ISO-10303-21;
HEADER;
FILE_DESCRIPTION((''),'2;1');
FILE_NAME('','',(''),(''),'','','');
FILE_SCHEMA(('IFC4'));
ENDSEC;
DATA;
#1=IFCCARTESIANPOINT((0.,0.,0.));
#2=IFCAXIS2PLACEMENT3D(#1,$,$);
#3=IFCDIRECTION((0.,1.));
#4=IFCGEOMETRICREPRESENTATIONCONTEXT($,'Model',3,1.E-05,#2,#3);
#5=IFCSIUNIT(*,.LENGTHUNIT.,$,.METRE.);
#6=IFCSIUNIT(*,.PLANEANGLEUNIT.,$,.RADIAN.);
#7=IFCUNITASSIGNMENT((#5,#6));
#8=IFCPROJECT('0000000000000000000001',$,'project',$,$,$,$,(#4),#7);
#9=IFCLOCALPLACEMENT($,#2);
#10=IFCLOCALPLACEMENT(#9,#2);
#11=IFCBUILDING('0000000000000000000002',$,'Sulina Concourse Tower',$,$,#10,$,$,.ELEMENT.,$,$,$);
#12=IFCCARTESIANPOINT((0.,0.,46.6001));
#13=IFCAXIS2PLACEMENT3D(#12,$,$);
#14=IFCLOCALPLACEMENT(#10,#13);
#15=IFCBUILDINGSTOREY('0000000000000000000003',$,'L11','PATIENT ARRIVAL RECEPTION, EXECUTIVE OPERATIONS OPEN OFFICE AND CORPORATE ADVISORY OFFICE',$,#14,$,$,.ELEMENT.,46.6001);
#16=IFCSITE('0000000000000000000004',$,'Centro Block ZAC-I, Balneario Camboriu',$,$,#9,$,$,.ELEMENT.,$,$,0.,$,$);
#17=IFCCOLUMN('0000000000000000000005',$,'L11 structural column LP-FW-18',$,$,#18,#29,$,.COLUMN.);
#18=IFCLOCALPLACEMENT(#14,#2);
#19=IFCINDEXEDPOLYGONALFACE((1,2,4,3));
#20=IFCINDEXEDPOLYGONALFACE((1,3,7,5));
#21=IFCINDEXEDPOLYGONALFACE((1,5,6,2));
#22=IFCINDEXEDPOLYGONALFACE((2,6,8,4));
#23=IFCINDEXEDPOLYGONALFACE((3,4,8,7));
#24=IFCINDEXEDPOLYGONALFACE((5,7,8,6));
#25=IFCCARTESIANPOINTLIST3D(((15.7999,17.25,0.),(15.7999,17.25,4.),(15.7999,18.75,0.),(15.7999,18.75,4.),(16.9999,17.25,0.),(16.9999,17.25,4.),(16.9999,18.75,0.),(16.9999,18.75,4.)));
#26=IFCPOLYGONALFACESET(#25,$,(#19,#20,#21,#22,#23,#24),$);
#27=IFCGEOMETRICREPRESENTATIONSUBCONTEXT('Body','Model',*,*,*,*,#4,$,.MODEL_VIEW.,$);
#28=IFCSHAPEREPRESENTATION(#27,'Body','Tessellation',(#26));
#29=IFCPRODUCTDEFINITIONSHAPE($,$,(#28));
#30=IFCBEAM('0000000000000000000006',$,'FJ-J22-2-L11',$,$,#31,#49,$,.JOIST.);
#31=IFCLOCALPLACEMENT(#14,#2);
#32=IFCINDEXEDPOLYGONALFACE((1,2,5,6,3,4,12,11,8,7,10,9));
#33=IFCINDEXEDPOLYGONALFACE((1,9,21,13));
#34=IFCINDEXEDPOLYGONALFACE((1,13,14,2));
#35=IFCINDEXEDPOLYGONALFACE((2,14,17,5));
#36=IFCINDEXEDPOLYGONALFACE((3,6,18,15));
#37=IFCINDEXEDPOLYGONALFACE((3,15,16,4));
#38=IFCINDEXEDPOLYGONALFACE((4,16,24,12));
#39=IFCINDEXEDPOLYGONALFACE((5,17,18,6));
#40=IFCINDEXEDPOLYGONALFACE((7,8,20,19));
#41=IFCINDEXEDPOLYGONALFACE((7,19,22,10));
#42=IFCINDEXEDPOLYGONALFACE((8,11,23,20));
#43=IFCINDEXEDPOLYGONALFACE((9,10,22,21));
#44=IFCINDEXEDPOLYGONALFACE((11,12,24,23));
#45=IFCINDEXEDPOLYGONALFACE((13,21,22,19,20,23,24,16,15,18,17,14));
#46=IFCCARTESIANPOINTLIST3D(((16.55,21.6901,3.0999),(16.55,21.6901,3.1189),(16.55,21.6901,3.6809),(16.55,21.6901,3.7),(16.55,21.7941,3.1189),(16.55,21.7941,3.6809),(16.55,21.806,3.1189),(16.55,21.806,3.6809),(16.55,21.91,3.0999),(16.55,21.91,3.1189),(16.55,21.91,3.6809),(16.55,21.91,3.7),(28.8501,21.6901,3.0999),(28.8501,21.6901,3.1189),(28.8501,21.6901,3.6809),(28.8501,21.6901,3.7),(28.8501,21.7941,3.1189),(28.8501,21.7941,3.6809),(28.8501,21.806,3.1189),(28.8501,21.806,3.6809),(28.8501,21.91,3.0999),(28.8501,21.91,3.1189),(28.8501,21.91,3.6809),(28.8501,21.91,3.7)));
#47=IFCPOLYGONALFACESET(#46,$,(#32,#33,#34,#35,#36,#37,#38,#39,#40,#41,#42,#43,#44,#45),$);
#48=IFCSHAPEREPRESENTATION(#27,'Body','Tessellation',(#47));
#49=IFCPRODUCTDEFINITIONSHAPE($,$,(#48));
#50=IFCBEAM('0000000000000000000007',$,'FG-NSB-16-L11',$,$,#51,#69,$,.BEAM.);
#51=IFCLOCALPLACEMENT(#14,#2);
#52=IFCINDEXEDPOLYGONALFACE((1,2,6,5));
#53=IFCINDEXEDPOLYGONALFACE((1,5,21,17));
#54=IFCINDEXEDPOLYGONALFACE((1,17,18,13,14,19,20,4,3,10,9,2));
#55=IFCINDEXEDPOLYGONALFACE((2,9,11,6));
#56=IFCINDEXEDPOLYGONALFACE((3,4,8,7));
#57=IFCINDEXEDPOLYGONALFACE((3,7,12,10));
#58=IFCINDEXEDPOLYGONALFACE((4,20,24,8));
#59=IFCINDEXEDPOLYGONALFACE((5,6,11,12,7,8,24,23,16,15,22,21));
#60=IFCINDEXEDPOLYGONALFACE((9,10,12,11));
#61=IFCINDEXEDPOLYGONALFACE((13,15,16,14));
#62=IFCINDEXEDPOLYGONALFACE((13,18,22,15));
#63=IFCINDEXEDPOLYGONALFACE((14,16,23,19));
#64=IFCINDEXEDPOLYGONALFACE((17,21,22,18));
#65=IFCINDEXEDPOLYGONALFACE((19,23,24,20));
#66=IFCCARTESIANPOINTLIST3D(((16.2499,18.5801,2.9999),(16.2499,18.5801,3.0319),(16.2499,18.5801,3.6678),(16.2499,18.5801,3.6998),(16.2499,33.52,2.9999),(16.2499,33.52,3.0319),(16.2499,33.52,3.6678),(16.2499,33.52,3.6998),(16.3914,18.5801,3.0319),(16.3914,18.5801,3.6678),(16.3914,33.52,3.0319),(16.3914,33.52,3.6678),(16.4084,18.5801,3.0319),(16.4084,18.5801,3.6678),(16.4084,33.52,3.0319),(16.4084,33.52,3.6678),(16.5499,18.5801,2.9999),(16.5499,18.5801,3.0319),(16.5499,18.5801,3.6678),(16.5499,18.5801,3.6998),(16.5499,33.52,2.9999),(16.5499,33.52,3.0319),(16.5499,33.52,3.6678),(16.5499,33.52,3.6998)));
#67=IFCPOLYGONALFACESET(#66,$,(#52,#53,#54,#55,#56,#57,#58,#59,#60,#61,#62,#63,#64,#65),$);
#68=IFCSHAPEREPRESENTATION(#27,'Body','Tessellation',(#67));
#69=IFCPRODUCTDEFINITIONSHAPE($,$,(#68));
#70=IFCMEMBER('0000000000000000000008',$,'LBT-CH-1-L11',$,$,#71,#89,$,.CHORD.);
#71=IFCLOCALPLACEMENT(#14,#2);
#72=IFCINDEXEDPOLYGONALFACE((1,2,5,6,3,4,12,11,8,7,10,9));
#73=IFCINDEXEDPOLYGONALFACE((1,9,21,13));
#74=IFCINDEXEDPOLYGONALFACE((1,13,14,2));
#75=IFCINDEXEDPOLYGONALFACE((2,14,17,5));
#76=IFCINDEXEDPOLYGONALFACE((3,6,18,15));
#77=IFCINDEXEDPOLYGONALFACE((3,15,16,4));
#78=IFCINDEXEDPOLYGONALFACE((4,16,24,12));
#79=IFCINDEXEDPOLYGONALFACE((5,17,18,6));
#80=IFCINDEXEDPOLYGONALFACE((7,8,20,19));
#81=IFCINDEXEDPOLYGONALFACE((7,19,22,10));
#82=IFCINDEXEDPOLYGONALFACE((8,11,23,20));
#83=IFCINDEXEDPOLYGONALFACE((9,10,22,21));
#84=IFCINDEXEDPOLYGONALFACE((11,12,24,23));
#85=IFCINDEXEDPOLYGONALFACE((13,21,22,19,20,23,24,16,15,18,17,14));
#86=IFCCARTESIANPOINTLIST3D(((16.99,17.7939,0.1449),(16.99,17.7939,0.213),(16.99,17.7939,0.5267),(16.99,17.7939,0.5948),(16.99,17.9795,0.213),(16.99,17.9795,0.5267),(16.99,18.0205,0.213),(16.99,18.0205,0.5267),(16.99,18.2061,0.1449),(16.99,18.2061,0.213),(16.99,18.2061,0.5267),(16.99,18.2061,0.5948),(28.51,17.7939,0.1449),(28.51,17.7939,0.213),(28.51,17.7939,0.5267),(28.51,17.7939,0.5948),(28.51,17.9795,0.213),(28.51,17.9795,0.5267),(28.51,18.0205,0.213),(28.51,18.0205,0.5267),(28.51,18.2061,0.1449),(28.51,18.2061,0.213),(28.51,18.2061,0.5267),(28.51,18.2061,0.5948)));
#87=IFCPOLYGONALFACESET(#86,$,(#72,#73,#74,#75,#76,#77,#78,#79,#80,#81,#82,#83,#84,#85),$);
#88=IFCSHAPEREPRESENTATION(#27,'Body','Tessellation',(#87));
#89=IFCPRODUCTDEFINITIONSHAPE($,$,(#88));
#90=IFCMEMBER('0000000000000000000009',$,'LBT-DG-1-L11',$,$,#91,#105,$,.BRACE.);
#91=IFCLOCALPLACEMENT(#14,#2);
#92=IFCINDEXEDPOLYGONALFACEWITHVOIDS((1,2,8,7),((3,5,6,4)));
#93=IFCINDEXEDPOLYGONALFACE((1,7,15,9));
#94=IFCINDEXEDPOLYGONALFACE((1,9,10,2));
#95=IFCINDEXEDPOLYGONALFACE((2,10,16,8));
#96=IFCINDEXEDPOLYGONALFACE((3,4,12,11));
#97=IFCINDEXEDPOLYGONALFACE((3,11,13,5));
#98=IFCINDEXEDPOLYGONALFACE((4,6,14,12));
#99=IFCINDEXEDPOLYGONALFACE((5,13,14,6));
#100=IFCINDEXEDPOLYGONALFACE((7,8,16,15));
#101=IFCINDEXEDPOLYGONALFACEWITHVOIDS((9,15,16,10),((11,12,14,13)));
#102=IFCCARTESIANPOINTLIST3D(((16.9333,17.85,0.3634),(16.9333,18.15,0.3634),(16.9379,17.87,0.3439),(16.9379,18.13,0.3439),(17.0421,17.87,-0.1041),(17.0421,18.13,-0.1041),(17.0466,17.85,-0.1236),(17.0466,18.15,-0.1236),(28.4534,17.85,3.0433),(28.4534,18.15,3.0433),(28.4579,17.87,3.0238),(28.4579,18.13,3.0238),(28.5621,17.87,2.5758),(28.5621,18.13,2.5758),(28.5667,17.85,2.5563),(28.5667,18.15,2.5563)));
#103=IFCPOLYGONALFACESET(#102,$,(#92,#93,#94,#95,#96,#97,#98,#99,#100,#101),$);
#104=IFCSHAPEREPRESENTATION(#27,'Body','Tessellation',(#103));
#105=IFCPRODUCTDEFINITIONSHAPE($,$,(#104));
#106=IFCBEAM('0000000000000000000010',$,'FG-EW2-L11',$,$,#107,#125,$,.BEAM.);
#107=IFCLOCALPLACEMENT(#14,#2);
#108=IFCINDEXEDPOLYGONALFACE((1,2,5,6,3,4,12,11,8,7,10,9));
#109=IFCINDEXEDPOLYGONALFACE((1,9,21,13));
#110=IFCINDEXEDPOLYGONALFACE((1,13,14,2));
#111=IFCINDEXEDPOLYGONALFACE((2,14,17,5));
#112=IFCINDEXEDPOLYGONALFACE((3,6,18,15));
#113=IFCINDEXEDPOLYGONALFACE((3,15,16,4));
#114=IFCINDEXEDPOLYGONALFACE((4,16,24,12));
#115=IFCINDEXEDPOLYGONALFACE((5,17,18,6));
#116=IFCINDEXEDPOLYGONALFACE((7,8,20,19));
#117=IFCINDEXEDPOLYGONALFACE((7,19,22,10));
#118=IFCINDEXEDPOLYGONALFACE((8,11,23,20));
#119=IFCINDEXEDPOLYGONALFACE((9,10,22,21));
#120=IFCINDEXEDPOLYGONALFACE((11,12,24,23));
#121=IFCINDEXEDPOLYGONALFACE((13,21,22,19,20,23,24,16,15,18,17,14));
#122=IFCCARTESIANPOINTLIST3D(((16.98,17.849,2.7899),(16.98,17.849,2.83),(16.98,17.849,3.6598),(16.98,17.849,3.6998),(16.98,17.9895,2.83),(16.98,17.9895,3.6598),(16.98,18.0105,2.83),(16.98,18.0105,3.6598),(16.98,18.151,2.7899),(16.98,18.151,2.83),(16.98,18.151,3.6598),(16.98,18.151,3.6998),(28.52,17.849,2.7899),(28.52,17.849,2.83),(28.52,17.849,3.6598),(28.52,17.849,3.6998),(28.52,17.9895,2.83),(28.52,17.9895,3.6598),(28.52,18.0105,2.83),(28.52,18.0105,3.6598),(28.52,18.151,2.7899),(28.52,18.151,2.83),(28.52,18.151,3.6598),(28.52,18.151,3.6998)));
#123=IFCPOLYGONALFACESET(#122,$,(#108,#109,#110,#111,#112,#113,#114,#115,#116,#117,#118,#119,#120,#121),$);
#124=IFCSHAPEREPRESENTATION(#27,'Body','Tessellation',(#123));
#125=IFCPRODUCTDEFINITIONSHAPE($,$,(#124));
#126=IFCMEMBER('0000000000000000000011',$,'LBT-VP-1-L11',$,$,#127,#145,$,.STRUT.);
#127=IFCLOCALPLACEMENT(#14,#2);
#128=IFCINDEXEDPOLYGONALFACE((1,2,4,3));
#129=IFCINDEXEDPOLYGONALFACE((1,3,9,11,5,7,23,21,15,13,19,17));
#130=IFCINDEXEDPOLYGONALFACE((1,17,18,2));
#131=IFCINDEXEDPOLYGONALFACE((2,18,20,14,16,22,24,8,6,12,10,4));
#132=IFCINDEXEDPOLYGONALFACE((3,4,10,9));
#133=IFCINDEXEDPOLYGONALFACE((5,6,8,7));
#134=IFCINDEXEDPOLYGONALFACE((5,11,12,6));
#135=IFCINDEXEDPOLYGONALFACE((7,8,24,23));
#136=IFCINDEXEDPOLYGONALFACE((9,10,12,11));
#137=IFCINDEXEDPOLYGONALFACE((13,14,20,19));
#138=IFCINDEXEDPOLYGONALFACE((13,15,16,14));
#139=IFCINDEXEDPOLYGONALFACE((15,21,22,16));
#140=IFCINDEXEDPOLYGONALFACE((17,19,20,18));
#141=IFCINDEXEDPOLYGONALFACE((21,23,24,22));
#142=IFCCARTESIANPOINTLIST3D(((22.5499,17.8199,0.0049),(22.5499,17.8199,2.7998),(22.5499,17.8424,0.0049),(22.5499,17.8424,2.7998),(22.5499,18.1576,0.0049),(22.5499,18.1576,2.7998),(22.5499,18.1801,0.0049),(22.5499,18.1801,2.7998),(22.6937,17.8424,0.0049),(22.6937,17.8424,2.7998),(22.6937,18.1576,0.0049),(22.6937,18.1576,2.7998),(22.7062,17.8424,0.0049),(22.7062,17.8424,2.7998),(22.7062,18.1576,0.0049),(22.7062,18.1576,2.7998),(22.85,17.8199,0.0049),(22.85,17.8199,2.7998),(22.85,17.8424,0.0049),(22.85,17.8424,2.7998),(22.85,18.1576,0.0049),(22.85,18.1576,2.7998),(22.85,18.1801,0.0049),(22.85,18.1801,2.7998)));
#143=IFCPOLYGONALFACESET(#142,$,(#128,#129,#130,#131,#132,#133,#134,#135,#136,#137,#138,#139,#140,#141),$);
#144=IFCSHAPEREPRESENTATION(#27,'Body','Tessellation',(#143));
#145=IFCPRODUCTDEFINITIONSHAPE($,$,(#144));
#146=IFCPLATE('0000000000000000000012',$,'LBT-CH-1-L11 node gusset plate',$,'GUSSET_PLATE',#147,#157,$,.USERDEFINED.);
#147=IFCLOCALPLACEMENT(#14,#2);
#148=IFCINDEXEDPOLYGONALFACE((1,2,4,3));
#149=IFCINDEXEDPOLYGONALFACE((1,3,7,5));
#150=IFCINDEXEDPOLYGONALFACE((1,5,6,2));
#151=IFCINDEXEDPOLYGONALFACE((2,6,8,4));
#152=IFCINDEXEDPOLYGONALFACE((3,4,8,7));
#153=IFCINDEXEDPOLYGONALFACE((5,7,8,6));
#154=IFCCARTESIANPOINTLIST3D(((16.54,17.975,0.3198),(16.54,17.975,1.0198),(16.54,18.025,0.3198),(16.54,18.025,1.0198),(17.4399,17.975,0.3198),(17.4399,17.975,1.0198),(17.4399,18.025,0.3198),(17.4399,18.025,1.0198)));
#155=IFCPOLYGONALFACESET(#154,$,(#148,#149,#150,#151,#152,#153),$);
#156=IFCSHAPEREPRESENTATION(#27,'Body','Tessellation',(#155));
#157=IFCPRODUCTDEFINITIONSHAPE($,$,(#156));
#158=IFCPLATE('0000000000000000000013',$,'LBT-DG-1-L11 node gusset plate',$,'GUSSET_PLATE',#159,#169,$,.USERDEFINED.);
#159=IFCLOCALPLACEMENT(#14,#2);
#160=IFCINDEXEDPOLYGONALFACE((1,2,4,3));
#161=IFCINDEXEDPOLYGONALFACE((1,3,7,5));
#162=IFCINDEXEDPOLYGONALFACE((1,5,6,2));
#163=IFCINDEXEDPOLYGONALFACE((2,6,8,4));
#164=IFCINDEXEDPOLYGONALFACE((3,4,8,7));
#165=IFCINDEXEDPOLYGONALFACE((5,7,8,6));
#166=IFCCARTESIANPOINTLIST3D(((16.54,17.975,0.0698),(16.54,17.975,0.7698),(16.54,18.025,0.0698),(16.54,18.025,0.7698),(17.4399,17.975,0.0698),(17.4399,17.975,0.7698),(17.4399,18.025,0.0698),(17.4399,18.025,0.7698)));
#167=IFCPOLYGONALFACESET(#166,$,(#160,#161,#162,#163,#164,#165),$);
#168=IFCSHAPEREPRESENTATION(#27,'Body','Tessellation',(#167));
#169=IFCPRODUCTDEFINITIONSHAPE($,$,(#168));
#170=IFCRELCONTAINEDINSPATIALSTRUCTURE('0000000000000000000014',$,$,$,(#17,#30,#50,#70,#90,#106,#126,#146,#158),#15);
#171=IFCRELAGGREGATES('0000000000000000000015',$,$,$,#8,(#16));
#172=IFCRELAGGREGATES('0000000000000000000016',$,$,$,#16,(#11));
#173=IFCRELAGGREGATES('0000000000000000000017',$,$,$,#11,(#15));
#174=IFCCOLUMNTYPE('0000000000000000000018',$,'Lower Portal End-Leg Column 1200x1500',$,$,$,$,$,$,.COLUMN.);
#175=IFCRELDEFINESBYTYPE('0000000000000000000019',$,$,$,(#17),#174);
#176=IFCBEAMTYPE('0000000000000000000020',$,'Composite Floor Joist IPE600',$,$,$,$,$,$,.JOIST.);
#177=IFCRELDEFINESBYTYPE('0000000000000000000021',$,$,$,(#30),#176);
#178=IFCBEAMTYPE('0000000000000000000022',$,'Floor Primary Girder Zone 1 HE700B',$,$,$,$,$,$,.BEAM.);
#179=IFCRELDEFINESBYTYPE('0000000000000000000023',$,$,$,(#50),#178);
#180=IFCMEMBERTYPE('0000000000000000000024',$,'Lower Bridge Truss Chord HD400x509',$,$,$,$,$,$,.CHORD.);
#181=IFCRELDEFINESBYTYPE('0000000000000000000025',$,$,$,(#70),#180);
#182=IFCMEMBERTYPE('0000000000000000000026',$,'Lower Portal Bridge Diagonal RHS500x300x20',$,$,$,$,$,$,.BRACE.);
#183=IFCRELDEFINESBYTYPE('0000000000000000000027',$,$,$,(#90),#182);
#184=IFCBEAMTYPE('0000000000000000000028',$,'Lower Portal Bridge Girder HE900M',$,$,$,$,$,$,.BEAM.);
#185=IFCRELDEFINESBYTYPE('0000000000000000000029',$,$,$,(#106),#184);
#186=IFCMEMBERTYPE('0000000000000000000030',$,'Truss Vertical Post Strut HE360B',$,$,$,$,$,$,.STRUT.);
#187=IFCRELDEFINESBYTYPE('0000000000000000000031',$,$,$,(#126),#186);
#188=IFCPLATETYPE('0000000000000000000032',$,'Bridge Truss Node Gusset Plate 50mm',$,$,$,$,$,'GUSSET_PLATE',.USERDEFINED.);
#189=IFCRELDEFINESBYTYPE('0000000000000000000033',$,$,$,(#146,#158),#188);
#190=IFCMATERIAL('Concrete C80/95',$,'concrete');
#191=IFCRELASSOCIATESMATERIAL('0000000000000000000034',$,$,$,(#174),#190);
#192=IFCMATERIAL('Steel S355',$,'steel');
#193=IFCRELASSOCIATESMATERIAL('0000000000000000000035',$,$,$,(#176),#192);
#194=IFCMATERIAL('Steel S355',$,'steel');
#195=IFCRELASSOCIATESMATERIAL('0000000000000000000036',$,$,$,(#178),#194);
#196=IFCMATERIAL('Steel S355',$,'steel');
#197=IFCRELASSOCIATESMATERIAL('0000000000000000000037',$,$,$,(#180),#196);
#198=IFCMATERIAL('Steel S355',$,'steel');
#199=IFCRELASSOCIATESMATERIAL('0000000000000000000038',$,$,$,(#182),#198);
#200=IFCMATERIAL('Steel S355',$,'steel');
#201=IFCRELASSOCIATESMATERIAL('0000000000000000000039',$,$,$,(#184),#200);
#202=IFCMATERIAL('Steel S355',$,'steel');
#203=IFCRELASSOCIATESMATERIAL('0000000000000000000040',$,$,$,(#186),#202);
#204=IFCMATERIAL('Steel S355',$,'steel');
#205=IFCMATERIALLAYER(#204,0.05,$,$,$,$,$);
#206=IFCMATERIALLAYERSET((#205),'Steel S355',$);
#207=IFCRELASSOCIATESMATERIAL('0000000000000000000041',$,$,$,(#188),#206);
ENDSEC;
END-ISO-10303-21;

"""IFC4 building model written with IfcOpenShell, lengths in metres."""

from ifc_helpers import new_model, si_unit, direction, frame, origin, origin_2d, place, context, subcontext, project, spatial, rectangle, hollow_rectangle, i_section, extrude, material, layer, layer_set, material_profile, profile_set, type_object, element, save


model = new_model("IFC4")

# Units and contexts
model_context = context("Model", 3, precision=1e-05, world=origin(), true_north=direction((0.0, 1.0)))
body_context = subcontext(model_context, "Body", "Model", "MODEL_VIEW")
ifc_project = project(units=[si_unit("LENGTHUNIT", "METRE"), si_unit("PLANEANGLEUNIT", "RADIAN")], contexts=[model_context])

# Site, building, storey
site_placement = place(None, origin())
site = spatial("IfcSite", under=ifc_project, at=site_placement, Name="Centro Block ZAC-I, Balneario Camboriu", CompositionType="ELEMENT", RefElevation=0.0)
building_placement = place(site_placement, origin())
building = spatial("IfcBuilding", under=site, at=building_placement, Name="Sulina Concourse Tower", CompositionType="ELEMENT")
storey_placement = place(building_placement, frame((0.0, 0.0, 46.6001)))
storey = spatial("IfcBuildingStorey", under=building, at=storey_placement, Name="L11", Description="PATIENT ARRIVAL RECEPTION, EXECUTIVE OPERATIONS OPEN OFFICE AND CORPORATE ADVISORY OFFICE", CompositionType="ELEMENT", Elevation=46.6001)

# Column
ifc_material_1 = material(Name="Concrete C80/95", Category="concrete")
ifc_material_profile_1 = material_profile(ifc_material_1, rectangle(XDim=1.2, YDim=1.5, at=origin_2d()), Name="RC 1200x1500")
ifc_profile_set_1 = profile_set([ifc_material_profile_1], Name="Concrete C80/95")
column_type = type_object("IfcColumnType", Name="Lower Portal End-Leg Column 1200x1500", PredefinedType="COLUMN", material=ifc_profile_set_1)
column_placement = place(storey_placement, frame((16.3999, 18.0, 0.0), z_axis=(0.0, 0.0, 1.0), x_axis=(1.0, 0.0, 0.0)))
element("IfcColumn", 1, at=column_placement, inside=storey, type_object=column_type, Name="L11 structural column LP-FW-18", PredefinedType="COLUMN", context=body_context, shape_type="SweptSolid", body=[
    extrude(rectangle(XDim=1.2, YDim=1.5, at=origin_2d()), origin(), (0.0, 0.0, 1.0), 4.0),
])

# Beams
ifc_material_2 = material(Name="Steel S355", Category="steel")
ifc_material_profile_2 = material_profile(ifc_material_2, i_section(OverallWidth=0.22, OverallDepth=0.6001, WebThickness=0.012, FlangeThickness=0.019, at=origin_2d()), Name="IPE 600")
ifc_profile_set_2 = profile_set([ifc_material_profile_2], Name="Steel S355")
beam_type_1 = type_object("IfcBeamType", Name="Composite Floor Joist IPE600", PredefinedType="JOIST", material=ifc_profile_set_2)
beam_1_placement = place(storey_placement, frame((16.55, 21.8, 3.3999), z_axis=(1.0, 0.0, 0.0), x_axis=(0.0, 1.0, 0.0)))
element("IfcBeam", 2, at=beam_1_placement, inside=storey, type_object=beam_type_1, Name="FJ-J22-2-L11", PredefinedType="JOIST", context=body_context, shape_type="SweptSolid", body=[
    extrude(i_section(OverallWidth=0.22, OverallDepth=0.6001, WebThickness=0.012, FlangeThickness=0.019, at=origin_2d()), origin(), (0.0, 0.0, 1.0), 12.3),
])
ifc_material_3 = material(Name="Steel S355", Category="steel")
ifc_material_profile_3 = material_profile(ifc_material_3, i_section(OverallWidth=0.3, OverallDepth=0.7, WebThickness=0.0171, FlangeThickness=0.032, at=origin_2d()), Name="HE 700 B")
ifc_profile_set_3 = profile_set([ifc_material_profile_3], Name="Steel S355")
beam_type_2 = type_object("IfcBeamType", Name="Floor Primary Girder Zone 1 HE700B", PredefinedType="BEAM", material=ifc_profile_set_3)
beam_2_placement = place(storey_placement, frame((16.3999, 18.5801, 3.3499), z_axis=(0.0, 1.0, 0.0), x_axis=(-1.0, 0.0, 0.0)))
element("IfcBeam", 3, at=beam_2_placement, inside=storey, type_object=beam_type_2, Name="FG-NSB-16-L11", PredefinedType="BEAM", context=body_context, shape_type="SweptSolid", body=[
    extrude(i_section(OverallWidth=0.3, OverallDepth=0.7, WebThickness=0.0171, FlangeThickness=0.032, at=origin_2d()), origin(), (0.0, 0.0, 1.0), 14.9399),
])

# Members
ifc_material_4 = material(Name="Steel S355", Category="steel")
ifc_material_profile_4 = material_profile(ifc_material_4, i_section(OverallWidth=0.4121, OverallDepth=0.45, WebThickness=0.041, FlangeThickness=0.0681, at=origin_2d()), Name="HD 400x509")
ifc_profile_set_4 = profile_set([ifc_material_profile_4], Name="Steel S355")
member_type_1 = type_object("IfcMemberType", Name="Lower Bridge Truss Chord HD400x509", PredefinedType="CHORD", material=ifc_profile_set_4)
member_1_placement = place(storey_placement, frame((16.99, 18.0, 0.3699), z_axis=(1.0, 0.0, 0.0), x_axis=(0.0, 1.0, 0.0)))
element("IfcMember", 4, at=member_1_placement, inside=storey, type_object=member_type_1, Name="LBT-CH-1-L11", PredefinedType="CHORD", context=body_context, shape_type="SweptSolid", body=[
    extrude(i_section(OverallWidth=0.4121, OverallDepth=0.45, WebThickness=0.041, FlangeThickness=0.0681, at=origin_2d()), origin(), (0.0, 0.0, 1.0), 11.52),
])
ifc_material_5 = material(Name="Steel S355", Category="steel")
ifc_material_profile_5 = material_profile(ifc_material_5, hollow_rectangle(XDim=0.3, YDim=0.5, WallThickness=0.02, at=origin_2d()), Name="RHS 500x300x20")
ifc_profile_set_5 = profile_set([ifc_material_profile_5], Name="Steel S355")
member_type_2 = type_object("IfcMemberType", Name="Lower Portal Bridge Diagonal RHS500x300x20", PredefinedType="BRACE", material=ifc_profile_set_5)
member_2_placement = place(storey_placement, frame((16.99, 18.0, 0.1199), z_axis=(0.973992, 0.0, 0.226582), x_axis=(0.0, 1.0, 0.0)))
element("IfcMember", 5, at=member_2_placement, inside=storey, type_object=member_type_2, Name="LBT-DG-1-L11", PredefinedType="BRACE", context=body_context, shape_type="SweptSolid", body=[
    extrude(hollow_rectangle(XDim=0.3, YDim=0.5, WallThickness=0.02, at=origin_2d()), origin(), (0.0, 0.0, 1.0), 11.8276),
])

# Beam
ifc_material_6 = material(Name="Steel S355", Category="steel")
ifc_material_profile_6 = material_profile(ifc_material_6, i_section(OverallWidth=0.302, OverallDepth=0.9099, WebThickness=0.021, FlangeThickness=0.04, at=origin_2d()), Name="HE 900 M")
ifc_profile_set_6 = profile_set([ifc_material_profile_6], Name="Steel S355")
beam_type_3 = type_object("IfcBeamType", Name="Lower Portal Bridge Girder HE900M", PredefinedType="BEAM", material=ifc_profile_set_6)
beam_3_placement = place(storey_placement, frame((16.98, 18.0, 3.2449), z_axis=(1.0, 0.0, 0.0), x_axis=(0.0, 1.0, 0.0)))
element("IfcBeam", 6, at=beam_3_placement, inside=storey, type_object=beam_type_3, Name="FG-EW2-L11", PredefinedType="BEAM", context=body_context, shape_type="SweptSolid", body=[
    extrude(i_section(OverallWidth=0.302, OverallDepth=0.9099, WebThickness=0.021, FlangeThickness=0.04, at=origin_2d()), origin(), (0.0, 0.0, 1.0), 11.54),
])

# Member
ifc_material_7 = material(Name="Steel S355", Category="steel")
ifc_material_profile_7 = material_profile(ifc_material_7, i_section(OverallWidth=0.3, OverallDepth=0.3601, WebThickness=0.0125, FlangeThickness=0.0225, at=origin_2d()), Name="HE 360 B")
ifc_profile_set_7 = profile_set([ifc_material_profile_7], Name="Steel S355")
member_type_3 = type_object("IfcMemberType", Name="Truss Vertical Post Strut HE360B", PredefinedType="STRUT", material=ifc_profile_set_7)
member_3_placement = place(storey_placement, frame((22.7, 18.0, 0.0049), z_axis=(0.0, 0.0, 1.0), x_axis=(1.0, 0.0, 0.0)))
element("IfcMember", 7, at=member_3_placement, inside=storey, type_object=member_type_3, Name="LBT-VP-1-L11", PredefinedType="STRUT", context=body_context, shape_type="SweptSolid", body=[
    extrude(i_section(OverallWidth=0.3, OverallDepth=0.3601, WebThickness=0.0125, FlangeThickness=0.0225, at=origin_2d()), origin(), (0.0, 0.0, 1.0), 2.7949),
])

# Plates
ifc_material_8 = material(Name="Steel S355", Category="steel")
ifc_layer_1 = layer(ifc_material_8, 0.05)
ifc_layer_set_1 = layer_set([ifc_layer_1], Name="Steel S355")
plate_type_1 = type_object("IfcPlateType", Name="Bridge Truss Node Gusset Plate 50mm", ElementType="GUSSET_PLATE", PredefinedType="USERDEFINED", material=ifc_layer_set_1)
for number, where, z_axis, x_axis, name in (
    (8, (16.99, 18.0, 0.3198), (0.0, 0.0, 1.0), (1.0, 0.0, 0.0), "LBT-CH-1-L11 node gusset plate"),
    (9, (16.99, 18.0, 0.0698), (0.0, 0.0, 1.0), (1.0, 0.0, 0.0), "LBT-DG-1-L11 node gusset plate"),
):
    element("IfcPlate", number, at=place(storey_placement, frame(where, z_axis=z_axis, x_axis=x_axis)), inside=storey, type_object=plate_type_1, Name=name, ObjectType="GUSSET_PLATE", PredefinedType="USERDEFINED", context=body_context, shape_type="SweptSolid", body=[
        extrude(rectangle(XDim=0.8999, YDim=0.05, at=origin_2d()), origin(), (0.0, 0.0, 1.0), 0.7),
    ])

save(model, "model.ifc")
